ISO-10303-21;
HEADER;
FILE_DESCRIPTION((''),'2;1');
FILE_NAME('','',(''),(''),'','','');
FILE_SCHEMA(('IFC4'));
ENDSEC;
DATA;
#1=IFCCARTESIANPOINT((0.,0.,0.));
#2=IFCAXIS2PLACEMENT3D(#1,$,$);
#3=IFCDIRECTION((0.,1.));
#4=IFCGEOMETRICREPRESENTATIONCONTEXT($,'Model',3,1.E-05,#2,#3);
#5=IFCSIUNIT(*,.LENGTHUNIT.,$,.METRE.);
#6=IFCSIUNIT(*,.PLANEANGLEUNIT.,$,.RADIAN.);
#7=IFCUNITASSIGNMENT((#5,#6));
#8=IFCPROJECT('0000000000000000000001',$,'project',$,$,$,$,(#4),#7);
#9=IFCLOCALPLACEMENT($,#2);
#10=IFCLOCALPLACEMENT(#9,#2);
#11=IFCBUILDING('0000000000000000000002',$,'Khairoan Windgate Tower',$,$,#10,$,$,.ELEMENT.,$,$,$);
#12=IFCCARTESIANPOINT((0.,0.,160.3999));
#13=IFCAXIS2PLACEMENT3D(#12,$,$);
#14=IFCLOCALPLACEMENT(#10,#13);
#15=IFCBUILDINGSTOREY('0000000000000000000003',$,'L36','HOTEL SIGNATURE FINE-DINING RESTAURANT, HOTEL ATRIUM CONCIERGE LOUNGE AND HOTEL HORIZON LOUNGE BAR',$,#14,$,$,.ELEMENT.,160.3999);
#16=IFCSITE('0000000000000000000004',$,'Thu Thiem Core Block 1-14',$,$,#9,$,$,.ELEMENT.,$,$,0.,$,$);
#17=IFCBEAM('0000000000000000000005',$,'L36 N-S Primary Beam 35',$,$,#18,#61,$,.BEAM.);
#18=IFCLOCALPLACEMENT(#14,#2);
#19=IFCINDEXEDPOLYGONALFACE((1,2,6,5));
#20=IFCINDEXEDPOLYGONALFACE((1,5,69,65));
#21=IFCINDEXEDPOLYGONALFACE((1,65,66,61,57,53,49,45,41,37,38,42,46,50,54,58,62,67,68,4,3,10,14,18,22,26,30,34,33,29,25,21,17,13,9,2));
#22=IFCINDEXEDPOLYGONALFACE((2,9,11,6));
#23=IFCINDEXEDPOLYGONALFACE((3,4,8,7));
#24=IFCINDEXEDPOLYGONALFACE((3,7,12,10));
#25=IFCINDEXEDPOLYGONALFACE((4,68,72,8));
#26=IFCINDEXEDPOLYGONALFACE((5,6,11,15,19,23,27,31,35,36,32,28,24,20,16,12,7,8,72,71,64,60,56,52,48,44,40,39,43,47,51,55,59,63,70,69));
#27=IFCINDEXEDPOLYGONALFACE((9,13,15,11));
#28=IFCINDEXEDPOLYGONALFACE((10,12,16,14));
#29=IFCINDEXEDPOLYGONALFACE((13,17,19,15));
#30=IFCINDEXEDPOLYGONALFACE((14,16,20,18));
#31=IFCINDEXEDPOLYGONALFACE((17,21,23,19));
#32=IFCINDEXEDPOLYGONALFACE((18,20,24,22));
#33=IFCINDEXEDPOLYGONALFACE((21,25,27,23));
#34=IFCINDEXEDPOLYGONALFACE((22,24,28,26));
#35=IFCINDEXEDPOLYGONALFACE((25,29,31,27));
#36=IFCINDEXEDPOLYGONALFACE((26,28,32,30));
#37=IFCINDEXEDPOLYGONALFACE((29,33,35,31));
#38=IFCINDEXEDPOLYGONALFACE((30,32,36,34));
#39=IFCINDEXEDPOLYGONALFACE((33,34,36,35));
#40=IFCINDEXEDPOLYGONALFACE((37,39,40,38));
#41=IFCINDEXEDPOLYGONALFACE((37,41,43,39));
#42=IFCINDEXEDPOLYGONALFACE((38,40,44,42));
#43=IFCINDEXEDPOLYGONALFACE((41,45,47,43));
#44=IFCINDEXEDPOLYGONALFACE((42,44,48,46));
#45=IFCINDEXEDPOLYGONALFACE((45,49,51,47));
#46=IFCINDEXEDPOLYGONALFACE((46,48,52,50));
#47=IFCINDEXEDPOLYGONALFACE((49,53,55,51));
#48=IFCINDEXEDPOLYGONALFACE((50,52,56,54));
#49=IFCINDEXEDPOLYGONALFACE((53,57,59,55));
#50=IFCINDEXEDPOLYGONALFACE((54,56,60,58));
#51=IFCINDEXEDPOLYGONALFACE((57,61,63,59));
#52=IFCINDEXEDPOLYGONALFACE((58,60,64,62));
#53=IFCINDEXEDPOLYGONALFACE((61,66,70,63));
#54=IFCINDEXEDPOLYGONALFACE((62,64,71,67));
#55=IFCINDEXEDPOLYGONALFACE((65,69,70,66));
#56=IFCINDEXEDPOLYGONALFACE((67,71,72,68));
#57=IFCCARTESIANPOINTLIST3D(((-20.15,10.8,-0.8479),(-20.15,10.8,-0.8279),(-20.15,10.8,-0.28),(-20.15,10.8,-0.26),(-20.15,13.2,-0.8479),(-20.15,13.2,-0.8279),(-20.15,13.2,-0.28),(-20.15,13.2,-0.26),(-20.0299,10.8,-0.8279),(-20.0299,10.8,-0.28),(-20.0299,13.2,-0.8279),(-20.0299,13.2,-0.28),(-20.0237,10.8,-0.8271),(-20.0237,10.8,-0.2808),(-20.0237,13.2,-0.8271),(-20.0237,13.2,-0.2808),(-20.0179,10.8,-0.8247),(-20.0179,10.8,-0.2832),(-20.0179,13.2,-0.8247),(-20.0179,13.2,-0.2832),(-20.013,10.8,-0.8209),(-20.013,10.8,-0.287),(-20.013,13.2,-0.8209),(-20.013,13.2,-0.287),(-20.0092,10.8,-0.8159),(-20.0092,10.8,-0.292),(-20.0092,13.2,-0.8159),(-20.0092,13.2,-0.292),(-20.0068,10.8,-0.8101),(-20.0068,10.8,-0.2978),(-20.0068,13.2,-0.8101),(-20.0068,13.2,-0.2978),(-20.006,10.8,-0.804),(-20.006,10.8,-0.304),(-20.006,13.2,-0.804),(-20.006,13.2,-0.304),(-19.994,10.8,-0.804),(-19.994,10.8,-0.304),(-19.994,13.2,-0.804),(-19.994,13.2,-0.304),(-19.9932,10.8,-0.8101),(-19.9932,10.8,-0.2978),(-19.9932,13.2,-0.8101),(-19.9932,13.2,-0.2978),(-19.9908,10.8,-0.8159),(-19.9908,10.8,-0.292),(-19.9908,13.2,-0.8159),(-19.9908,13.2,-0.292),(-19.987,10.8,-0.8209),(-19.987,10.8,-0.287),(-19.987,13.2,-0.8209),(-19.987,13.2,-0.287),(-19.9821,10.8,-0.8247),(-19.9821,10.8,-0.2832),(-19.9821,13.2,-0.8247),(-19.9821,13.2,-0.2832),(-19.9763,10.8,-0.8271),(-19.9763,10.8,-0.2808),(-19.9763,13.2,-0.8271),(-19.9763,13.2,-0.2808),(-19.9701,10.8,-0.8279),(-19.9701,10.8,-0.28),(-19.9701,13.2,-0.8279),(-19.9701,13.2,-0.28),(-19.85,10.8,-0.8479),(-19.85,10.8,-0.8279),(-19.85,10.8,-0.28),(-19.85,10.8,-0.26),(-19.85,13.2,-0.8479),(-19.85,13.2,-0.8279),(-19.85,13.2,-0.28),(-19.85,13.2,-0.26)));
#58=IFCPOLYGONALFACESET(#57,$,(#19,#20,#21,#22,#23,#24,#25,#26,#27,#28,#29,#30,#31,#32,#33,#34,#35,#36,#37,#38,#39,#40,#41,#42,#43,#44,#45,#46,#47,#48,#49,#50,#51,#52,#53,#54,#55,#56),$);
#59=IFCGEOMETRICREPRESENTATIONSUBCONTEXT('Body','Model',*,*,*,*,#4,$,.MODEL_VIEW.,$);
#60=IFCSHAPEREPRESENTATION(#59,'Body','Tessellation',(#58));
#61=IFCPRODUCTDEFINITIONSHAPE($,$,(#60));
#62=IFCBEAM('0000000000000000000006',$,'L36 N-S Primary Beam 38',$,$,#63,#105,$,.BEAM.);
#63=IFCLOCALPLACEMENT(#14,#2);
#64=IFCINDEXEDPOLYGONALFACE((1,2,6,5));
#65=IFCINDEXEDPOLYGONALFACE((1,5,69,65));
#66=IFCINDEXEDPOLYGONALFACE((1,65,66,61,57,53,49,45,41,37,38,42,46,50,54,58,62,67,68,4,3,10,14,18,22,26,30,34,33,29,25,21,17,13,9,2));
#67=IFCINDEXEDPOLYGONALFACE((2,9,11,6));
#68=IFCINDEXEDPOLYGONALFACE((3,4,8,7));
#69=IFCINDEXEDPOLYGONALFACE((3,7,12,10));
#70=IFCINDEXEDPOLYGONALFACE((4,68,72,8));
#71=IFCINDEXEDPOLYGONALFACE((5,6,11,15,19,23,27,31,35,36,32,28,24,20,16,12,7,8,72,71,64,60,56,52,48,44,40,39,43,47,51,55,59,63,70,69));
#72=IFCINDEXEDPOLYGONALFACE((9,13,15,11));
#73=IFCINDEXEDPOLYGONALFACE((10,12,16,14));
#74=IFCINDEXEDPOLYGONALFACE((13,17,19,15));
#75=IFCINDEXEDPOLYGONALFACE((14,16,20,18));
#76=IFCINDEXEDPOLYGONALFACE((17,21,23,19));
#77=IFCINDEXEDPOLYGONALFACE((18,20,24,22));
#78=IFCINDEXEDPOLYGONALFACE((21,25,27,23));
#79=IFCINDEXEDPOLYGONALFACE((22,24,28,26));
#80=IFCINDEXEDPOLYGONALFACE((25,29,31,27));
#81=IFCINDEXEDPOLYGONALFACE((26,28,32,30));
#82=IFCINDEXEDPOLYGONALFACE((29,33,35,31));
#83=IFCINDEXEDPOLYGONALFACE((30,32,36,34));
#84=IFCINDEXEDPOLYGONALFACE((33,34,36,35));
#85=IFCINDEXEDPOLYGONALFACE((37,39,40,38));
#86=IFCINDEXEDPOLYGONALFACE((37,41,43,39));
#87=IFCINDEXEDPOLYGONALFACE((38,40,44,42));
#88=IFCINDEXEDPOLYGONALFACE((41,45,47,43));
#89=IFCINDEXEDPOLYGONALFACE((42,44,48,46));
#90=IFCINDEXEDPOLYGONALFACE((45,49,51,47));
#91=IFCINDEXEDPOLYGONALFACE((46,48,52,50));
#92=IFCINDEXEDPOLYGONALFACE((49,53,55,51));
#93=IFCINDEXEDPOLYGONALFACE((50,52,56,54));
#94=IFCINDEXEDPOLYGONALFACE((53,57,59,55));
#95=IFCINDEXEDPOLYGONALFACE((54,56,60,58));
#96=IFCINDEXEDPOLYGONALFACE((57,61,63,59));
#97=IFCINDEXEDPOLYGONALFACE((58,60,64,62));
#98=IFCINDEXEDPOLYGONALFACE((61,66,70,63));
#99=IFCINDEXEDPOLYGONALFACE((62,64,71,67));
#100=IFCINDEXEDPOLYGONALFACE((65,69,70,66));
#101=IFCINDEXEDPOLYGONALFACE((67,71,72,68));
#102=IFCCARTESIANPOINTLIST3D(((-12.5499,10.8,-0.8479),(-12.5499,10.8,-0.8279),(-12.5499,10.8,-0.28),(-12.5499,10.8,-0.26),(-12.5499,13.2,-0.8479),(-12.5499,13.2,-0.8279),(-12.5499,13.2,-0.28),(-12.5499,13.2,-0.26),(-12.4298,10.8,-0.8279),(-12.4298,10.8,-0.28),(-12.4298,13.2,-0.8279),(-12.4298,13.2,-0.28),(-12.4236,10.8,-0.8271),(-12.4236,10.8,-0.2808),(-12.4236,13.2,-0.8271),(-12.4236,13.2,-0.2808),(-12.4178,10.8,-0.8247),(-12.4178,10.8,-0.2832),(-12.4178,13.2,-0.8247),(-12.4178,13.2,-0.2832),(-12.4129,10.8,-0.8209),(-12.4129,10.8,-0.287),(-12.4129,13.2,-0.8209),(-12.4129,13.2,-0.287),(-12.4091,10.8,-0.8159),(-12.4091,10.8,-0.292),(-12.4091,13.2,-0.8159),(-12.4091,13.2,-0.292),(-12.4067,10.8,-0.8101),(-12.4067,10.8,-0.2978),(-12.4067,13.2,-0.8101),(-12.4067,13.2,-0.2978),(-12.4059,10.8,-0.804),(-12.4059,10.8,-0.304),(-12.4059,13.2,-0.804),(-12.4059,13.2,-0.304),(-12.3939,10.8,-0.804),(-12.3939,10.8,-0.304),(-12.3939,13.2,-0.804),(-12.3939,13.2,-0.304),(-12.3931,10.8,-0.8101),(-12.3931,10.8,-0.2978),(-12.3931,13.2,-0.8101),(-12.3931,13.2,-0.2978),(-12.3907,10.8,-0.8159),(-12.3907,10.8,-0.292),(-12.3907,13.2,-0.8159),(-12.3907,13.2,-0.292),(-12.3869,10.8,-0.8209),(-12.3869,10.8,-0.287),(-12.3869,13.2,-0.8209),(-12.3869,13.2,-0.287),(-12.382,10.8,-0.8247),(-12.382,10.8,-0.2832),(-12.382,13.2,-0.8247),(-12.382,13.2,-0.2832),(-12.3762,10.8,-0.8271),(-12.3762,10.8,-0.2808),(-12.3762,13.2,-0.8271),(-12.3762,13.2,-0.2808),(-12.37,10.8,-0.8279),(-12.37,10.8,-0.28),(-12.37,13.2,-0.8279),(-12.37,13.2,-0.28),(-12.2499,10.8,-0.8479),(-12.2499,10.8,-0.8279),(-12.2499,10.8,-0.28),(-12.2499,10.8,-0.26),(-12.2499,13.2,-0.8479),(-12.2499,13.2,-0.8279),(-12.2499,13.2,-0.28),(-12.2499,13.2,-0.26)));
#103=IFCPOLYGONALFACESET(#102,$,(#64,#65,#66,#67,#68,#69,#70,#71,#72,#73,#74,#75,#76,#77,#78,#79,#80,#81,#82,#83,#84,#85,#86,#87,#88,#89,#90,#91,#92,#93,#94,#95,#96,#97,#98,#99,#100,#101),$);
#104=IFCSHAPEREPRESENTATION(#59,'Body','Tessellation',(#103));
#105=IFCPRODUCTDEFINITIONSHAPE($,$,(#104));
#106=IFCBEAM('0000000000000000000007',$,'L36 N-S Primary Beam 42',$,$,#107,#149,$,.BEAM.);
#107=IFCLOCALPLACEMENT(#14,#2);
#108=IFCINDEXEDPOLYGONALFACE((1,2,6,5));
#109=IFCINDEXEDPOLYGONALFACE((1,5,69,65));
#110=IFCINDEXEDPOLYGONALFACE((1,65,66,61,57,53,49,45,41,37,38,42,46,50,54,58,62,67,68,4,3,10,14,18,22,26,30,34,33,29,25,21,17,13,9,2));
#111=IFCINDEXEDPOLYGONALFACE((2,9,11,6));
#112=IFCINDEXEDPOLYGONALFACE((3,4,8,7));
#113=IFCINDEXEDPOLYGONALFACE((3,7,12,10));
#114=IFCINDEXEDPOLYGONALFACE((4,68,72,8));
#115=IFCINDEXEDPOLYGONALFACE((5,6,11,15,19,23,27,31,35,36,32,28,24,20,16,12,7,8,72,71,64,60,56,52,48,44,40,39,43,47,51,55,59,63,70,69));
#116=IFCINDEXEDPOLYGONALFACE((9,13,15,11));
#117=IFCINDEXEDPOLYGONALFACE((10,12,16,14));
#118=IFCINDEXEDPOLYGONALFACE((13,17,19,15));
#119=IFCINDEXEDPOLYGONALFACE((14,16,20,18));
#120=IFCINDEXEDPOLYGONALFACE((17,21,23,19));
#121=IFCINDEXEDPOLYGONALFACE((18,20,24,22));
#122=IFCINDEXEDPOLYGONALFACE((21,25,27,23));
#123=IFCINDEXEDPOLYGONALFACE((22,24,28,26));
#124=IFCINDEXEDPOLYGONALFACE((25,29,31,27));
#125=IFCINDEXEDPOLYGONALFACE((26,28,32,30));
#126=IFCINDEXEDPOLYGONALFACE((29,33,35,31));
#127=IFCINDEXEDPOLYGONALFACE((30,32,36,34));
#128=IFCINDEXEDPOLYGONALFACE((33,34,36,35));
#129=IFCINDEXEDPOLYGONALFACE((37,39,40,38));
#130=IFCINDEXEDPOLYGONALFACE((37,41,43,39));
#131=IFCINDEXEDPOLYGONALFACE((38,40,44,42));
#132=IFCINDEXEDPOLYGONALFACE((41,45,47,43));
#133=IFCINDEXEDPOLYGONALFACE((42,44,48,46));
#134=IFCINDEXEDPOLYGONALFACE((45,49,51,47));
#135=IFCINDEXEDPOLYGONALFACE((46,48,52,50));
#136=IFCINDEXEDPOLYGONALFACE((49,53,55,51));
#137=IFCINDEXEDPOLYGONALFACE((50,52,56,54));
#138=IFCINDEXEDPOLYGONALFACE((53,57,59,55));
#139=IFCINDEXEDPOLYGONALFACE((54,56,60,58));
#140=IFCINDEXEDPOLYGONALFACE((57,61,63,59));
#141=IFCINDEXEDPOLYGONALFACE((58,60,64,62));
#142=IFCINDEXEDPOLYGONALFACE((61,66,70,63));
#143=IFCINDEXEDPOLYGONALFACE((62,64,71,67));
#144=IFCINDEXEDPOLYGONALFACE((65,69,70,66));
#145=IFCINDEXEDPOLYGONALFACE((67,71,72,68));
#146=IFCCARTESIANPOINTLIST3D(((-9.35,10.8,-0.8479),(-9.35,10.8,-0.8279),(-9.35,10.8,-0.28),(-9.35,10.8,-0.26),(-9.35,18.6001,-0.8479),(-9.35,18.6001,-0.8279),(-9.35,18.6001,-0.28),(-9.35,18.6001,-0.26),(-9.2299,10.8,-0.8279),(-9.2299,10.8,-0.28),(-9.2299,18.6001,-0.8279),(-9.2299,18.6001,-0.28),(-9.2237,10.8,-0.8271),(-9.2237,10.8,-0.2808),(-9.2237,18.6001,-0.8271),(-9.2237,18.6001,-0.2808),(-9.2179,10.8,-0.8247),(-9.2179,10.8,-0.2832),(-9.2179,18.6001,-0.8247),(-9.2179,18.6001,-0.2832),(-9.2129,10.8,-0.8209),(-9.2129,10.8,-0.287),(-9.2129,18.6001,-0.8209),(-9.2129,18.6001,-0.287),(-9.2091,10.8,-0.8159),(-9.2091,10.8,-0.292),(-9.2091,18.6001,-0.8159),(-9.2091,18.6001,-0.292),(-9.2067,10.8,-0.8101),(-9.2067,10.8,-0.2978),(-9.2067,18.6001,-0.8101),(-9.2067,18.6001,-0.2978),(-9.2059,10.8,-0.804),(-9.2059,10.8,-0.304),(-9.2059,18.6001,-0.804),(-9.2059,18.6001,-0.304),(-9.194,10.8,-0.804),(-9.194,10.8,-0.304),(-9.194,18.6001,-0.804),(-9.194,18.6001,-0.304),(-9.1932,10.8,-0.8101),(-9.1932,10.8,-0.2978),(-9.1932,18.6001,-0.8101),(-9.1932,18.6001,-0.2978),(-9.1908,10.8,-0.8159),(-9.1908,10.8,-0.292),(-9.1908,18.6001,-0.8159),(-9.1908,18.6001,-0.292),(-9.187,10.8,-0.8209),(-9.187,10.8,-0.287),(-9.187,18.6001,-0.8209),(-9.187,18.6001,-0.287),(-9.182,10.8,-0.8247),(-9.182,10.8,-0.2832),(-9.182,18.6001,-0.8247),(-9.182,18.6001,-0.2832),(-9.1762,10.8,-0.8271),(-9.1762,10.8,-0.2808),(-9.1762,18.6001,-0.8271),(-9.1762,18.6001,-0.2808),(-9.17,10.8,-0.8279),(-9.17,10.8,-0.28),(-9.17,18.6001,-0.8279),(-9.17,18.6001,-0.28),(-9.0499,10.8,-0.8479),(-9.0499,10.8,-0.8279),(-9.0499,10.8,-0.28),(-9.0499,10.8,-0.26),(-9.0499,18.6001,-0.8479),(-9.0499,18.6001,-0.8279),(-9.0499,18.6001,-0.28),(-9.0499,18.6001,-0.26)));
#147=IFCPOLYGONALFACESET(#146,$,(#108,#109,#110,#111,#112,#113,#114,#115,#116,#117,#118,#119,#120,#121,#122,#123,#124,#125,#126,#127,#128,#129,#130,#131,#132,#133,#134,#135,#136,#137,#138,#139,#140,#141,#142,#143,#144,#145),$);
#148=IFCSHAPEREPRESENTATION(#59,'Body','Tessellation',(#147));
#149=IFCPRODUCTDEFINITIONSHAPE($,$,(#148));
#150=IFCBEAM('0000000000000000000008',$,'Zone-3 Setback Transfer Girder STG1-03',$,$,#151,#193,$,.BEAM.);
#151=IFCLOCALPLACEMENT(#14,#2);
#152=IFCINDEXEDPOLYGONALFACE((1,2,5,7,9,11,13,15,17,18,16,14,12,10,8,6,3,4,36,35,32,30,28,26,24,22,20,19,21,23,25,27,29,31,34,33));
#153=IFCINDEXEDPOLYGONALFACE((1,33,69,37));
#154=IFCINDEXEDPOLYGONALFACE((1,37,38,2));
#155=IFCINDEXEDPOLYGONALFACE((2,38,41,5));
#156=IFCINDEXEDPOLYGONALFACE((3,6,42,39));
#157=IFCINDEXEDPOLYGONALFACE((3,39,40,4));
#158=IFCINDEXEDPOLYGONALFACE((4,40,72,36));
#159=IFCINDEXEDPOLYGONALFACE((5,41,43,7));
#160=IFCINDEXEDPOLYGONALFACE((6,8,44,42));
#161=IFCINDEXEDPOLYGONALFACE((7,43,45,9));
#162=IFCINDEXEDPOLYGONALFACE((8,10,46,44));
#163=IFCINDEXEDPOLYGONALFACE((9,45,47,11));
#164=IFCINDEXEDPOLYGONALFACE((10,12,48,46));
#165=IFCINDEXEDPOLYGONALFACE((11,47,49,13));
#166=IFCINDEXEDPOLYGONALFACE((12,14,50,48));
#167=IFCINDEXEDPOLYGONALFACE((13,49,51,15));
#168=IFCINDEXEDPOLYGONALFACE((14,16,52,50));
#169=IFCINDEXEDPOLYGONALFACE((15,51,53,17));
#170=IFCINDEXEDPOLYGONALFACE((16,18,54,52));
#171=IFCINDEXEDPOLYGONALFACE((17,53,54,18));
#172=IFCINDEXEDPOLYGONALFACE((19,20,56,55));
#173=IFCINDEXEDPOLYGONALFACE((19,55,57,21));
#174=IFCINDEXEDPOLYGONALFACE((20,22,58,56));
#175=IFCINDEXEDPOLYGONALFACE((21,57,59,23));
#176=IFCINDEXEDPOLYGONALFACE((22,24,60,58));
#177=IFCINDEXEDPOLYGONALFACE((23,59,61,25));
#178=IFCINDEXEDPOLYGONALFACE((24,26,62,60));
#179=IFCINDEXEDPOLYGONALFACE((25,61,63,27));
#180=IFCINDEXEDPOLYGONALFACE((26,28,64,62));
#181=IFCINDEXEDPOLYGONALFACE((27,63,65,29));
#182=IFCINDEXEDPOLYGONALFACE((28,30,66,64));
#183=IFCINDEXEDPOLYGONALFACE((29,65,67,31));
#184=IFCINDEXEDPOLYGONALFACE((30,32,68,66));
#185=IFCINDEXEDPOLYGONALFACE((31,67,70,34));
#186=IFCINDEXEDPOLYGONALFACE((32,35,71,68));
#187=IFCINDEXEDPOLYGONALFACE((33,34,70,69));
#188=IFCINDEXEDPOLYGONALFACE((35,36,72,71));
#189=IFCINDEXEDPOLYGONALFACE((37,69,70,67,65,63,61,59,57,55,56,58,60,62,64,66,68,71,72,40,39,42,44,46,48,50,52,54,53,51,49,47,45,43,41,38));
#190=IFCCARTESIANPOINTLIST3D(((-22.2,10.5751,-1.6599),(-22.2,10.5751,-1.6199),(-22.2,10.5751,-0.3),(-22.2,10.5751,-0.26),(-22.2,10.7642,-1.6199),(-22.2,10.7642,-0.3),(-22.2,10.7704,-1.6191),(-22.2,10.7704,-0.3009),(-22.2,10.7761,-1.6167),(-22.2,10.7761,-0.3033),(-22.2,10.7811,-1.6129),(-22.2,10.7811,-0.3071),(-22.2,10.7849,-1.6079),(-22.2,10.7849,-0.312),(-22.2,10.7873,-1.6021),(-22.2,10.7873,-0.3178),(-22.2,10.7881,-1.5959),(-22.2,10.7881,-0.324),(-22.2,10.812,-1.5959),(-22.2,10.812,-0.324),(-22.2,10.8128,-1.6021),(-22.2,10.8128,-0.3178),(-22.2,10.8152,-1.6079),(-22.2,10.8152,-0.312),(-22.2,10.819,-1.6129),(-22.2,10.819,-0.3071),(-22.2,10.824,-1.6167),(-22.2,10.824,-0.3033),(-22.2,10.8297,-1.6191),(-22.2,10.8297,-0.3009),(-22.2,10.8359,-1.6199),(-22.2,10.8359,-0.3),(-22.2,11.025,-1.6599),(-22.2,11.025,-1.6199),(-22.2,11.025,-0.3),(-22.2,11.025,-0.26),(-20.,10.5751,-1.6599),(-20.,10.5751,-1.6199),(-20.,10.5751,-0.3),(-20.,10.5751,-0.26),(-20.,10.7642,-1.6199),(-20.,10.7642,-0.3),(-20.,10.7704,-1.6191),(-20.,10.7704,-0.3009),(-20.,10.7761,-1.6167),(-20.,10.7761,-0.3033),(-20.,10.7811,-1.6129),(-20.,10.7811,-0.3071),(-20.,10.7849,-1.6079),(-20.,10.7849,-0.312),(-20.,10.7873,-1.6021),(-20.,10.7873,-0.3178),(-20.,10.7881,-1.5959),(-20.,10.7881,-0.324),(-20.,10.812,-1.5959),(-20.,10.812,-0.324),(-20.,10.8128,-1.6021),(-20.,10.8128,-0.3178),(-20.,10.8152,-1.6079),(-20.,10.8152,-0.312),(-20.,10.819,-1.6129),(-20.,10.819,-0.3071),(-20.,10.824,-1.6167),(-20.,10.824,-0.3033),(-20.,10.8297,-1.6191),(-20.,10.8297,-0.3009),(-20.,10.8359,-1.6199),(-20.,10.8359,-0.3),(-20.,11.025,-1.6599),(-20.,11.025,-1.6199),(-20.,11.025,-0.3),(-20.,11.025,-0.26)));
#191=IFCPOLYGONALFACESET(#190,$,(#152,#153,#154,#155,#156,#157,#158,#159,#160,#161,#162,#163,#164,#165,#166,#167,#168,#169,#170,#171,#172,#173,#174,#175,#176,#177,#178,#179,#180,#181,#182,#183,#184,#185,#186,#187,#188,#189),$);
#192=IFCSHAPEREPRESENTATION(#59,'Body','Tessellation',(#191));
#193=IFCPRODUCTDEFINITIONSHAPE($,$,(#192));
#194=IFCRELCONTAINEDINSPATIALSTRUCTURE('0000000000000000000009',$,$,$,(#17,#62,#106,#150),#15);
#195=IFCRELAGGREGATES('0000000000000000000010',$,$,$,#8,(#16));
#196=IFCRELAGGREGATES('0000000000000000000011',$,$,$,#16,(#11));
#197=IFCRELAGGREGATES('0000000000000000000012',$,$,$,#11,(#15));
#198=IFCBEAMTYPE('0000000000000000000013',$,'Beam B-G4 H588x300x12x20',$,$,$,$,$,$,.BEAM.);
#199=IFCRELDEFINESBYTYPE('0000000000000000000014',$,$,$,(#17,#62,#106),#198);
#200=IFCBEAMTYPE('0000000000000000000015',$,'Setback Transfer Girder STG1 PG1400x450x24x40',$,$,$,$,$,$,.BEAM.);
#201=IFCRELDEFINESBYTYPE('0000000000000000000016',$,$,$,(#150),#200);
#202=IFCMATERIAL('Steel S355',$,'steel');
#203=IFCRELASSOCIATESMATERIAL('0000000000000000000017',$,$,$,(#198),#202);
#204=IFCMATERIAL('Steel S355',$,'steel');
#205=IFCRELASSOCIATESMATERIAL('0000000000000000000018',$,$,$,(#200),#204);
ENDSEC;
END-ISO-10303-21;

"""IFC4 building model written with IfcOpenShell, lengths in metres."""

from ifc_helpers import new_model, si_unit, direction, frame, origin, origin_2d, place, context, subcontext, project, spatial, i_section, extrude, material, material_profile, profile_set, type_object, element, save


model = new_model("IFC4")

# Units and contexts
model_context = context("Model", 3, precision=1e-05, world=origin(), true_north=direction((0.0, 1.0)))
body_context = subcontext(model_context, "Body", "Model", "MODEL_VIEW")
ifc_project = project(units=[si_unit("LENGTHUNIT", "METRE"), si_unit("PLANEANGLEUNIT", "RADIAN")], contexts=[model_context])

# Site, building, storey
site_placement = place(None, origin())
site = spatial("IfcSite", under=ifc_project, at=site_placement, Name="Thu Thiem Core Block 1-14", CompositionType="ELEMENT", RefElevation=0.0)
building_placement = place(site_placement, origin())
building = spatial("IfcBuilding", under=site, at=building_placement, Name="Khairoan Windgate Tower", CompositionType="ELEMENT")
storey_placement = place(building_placement, frame((0.0, 0.0, 160.3999)))
storey = spatial("IfcBuildingStorey", under=building, at=storey_placement, Name="L36", Description="HOTEL SIGNATURE FINE-DINING RESTAURANT, HOTEL ATRIUM CONCIERGE LOUNGE AND HOTEL HORIZON LOUNGE BAR", CompositionType="ELEMENT", Elevation=160.3999)

# Beams
ifc_material_1 = material(Name="Steel S355", Category="steel")
ifc_material_profile_1 = material_profile(ifc_material_1, i_section(OverallWidth=0.3, OverallDepth=0.5879, WebThickness=0.012, FlangeThickness=0.02, FilletRadius=0.0239, at=origin_2d()))
ifc_profile_set_1 = profile_set([ifc_material_profile_1], Name="Steel S355")
beam_type_1 = type_object("IfcBeamType", Name="Beam B-G4 H588x300x12x20", PredefinedType="BEAM", material=ifc_profile_set_1)
for number, where, z_axis, x_axis, name in (
    (1, (-20.0, 10.8, -0.554), (0.0, 1.0, 0.0), (-1.0, 0.0, 0.0), "L36 N-S Primary Beam 35"),
    (2, (-12.3999, 10.8, -0.554), (0.0, 1.0, 0.0), (-1.0, 0.0, 0.0), "L36 N-S Primary Beam 38"),
):
    element("IfcBeam", number, at=place(storey_placement, frame(where, z_axis=z_axis, x_axis=x_axis)), inside=storey, type_object=beam_type_1, Name=name, PredefinedType="BEAM", context=body_context, shape_type="SweptSolid", body=[
        extrude(i_section(OverallWidth=0.3, OverallDepth=0.5879, WebThickness=0.012, FlangeThickness=0.02, FilletRadius=0.0239, at=origin_2d()), origin(), (0.0, 0.0, 1.0), 2.3999),
    ])
beam_1_placement = place(storey_placement, frame((-9.2, 10.8, -0.554), z_axis=(0.0, 1.0, 0.0), x_axis=(-1.0, 0.0, 0.0)))
element("IfcBeam", 3, at=beam_1_placement, inside=storey, type_object=beam_type_1, Name="L36 N-S Primary Beam 42", PredefinedType="BEAM", context=body_context, shape_type="SweptSolid", body=[
    extrude(i_section(OverallWidth=0.3, OverallDepth=0.5879, WebThickness=0.012, FlangeThickness=0.02, FilletRadius=0.0239, at=origin_2d()), origin(), (0.0, 0.0, 1.0), 7.8),
])
ifc_material_2 = material(Name="Steel S355", Category="steel")
ifc_material_profile_2 = material_profile(ifc_material_2, i_section(OverallWidth=0.45, OverallDepth=1.3999, WebThickness=0.0239, FlangeThickness=0.04, FilletRadius=0.0239, at=origin_2d()))
ifc_profile_set_2 = profile_set([ifc_material_profile_2], Name="Steel S355")
beam_type_2 = type_object("IfcBeamType", Name="Setback Transfer Girder STG1 PG1400x450x24x40", PredefinedType="BEAM", material=ifc_profile_set_2)
beam_2_placement = place(storey_placement, frame((-22.2, 10.8, -0.96), z_axis=(1.0, 0.0, 0.0), x_axis=(0.0, 1.0, 0.0)))
element("IfcBeam", 4, at=beam_2_placement, inside=storey, type_object=beam_type_2, Name="Zone-3 Setback Transfer Girder STG1-03", PredefinedType="BEAM", context=body_context, shape_type="SweptSolid", body=[
    extrude(i_section(OverallWidth=0.45, OverallDepth=1.3999, WebThickness=0.0239, FlangeThickness=0.04, FilletRadius=0.0239, at=origin_2d()), origin(), (0.0, 0.0, 1.0), 2.2),
])

save(model, "model.ifc")
